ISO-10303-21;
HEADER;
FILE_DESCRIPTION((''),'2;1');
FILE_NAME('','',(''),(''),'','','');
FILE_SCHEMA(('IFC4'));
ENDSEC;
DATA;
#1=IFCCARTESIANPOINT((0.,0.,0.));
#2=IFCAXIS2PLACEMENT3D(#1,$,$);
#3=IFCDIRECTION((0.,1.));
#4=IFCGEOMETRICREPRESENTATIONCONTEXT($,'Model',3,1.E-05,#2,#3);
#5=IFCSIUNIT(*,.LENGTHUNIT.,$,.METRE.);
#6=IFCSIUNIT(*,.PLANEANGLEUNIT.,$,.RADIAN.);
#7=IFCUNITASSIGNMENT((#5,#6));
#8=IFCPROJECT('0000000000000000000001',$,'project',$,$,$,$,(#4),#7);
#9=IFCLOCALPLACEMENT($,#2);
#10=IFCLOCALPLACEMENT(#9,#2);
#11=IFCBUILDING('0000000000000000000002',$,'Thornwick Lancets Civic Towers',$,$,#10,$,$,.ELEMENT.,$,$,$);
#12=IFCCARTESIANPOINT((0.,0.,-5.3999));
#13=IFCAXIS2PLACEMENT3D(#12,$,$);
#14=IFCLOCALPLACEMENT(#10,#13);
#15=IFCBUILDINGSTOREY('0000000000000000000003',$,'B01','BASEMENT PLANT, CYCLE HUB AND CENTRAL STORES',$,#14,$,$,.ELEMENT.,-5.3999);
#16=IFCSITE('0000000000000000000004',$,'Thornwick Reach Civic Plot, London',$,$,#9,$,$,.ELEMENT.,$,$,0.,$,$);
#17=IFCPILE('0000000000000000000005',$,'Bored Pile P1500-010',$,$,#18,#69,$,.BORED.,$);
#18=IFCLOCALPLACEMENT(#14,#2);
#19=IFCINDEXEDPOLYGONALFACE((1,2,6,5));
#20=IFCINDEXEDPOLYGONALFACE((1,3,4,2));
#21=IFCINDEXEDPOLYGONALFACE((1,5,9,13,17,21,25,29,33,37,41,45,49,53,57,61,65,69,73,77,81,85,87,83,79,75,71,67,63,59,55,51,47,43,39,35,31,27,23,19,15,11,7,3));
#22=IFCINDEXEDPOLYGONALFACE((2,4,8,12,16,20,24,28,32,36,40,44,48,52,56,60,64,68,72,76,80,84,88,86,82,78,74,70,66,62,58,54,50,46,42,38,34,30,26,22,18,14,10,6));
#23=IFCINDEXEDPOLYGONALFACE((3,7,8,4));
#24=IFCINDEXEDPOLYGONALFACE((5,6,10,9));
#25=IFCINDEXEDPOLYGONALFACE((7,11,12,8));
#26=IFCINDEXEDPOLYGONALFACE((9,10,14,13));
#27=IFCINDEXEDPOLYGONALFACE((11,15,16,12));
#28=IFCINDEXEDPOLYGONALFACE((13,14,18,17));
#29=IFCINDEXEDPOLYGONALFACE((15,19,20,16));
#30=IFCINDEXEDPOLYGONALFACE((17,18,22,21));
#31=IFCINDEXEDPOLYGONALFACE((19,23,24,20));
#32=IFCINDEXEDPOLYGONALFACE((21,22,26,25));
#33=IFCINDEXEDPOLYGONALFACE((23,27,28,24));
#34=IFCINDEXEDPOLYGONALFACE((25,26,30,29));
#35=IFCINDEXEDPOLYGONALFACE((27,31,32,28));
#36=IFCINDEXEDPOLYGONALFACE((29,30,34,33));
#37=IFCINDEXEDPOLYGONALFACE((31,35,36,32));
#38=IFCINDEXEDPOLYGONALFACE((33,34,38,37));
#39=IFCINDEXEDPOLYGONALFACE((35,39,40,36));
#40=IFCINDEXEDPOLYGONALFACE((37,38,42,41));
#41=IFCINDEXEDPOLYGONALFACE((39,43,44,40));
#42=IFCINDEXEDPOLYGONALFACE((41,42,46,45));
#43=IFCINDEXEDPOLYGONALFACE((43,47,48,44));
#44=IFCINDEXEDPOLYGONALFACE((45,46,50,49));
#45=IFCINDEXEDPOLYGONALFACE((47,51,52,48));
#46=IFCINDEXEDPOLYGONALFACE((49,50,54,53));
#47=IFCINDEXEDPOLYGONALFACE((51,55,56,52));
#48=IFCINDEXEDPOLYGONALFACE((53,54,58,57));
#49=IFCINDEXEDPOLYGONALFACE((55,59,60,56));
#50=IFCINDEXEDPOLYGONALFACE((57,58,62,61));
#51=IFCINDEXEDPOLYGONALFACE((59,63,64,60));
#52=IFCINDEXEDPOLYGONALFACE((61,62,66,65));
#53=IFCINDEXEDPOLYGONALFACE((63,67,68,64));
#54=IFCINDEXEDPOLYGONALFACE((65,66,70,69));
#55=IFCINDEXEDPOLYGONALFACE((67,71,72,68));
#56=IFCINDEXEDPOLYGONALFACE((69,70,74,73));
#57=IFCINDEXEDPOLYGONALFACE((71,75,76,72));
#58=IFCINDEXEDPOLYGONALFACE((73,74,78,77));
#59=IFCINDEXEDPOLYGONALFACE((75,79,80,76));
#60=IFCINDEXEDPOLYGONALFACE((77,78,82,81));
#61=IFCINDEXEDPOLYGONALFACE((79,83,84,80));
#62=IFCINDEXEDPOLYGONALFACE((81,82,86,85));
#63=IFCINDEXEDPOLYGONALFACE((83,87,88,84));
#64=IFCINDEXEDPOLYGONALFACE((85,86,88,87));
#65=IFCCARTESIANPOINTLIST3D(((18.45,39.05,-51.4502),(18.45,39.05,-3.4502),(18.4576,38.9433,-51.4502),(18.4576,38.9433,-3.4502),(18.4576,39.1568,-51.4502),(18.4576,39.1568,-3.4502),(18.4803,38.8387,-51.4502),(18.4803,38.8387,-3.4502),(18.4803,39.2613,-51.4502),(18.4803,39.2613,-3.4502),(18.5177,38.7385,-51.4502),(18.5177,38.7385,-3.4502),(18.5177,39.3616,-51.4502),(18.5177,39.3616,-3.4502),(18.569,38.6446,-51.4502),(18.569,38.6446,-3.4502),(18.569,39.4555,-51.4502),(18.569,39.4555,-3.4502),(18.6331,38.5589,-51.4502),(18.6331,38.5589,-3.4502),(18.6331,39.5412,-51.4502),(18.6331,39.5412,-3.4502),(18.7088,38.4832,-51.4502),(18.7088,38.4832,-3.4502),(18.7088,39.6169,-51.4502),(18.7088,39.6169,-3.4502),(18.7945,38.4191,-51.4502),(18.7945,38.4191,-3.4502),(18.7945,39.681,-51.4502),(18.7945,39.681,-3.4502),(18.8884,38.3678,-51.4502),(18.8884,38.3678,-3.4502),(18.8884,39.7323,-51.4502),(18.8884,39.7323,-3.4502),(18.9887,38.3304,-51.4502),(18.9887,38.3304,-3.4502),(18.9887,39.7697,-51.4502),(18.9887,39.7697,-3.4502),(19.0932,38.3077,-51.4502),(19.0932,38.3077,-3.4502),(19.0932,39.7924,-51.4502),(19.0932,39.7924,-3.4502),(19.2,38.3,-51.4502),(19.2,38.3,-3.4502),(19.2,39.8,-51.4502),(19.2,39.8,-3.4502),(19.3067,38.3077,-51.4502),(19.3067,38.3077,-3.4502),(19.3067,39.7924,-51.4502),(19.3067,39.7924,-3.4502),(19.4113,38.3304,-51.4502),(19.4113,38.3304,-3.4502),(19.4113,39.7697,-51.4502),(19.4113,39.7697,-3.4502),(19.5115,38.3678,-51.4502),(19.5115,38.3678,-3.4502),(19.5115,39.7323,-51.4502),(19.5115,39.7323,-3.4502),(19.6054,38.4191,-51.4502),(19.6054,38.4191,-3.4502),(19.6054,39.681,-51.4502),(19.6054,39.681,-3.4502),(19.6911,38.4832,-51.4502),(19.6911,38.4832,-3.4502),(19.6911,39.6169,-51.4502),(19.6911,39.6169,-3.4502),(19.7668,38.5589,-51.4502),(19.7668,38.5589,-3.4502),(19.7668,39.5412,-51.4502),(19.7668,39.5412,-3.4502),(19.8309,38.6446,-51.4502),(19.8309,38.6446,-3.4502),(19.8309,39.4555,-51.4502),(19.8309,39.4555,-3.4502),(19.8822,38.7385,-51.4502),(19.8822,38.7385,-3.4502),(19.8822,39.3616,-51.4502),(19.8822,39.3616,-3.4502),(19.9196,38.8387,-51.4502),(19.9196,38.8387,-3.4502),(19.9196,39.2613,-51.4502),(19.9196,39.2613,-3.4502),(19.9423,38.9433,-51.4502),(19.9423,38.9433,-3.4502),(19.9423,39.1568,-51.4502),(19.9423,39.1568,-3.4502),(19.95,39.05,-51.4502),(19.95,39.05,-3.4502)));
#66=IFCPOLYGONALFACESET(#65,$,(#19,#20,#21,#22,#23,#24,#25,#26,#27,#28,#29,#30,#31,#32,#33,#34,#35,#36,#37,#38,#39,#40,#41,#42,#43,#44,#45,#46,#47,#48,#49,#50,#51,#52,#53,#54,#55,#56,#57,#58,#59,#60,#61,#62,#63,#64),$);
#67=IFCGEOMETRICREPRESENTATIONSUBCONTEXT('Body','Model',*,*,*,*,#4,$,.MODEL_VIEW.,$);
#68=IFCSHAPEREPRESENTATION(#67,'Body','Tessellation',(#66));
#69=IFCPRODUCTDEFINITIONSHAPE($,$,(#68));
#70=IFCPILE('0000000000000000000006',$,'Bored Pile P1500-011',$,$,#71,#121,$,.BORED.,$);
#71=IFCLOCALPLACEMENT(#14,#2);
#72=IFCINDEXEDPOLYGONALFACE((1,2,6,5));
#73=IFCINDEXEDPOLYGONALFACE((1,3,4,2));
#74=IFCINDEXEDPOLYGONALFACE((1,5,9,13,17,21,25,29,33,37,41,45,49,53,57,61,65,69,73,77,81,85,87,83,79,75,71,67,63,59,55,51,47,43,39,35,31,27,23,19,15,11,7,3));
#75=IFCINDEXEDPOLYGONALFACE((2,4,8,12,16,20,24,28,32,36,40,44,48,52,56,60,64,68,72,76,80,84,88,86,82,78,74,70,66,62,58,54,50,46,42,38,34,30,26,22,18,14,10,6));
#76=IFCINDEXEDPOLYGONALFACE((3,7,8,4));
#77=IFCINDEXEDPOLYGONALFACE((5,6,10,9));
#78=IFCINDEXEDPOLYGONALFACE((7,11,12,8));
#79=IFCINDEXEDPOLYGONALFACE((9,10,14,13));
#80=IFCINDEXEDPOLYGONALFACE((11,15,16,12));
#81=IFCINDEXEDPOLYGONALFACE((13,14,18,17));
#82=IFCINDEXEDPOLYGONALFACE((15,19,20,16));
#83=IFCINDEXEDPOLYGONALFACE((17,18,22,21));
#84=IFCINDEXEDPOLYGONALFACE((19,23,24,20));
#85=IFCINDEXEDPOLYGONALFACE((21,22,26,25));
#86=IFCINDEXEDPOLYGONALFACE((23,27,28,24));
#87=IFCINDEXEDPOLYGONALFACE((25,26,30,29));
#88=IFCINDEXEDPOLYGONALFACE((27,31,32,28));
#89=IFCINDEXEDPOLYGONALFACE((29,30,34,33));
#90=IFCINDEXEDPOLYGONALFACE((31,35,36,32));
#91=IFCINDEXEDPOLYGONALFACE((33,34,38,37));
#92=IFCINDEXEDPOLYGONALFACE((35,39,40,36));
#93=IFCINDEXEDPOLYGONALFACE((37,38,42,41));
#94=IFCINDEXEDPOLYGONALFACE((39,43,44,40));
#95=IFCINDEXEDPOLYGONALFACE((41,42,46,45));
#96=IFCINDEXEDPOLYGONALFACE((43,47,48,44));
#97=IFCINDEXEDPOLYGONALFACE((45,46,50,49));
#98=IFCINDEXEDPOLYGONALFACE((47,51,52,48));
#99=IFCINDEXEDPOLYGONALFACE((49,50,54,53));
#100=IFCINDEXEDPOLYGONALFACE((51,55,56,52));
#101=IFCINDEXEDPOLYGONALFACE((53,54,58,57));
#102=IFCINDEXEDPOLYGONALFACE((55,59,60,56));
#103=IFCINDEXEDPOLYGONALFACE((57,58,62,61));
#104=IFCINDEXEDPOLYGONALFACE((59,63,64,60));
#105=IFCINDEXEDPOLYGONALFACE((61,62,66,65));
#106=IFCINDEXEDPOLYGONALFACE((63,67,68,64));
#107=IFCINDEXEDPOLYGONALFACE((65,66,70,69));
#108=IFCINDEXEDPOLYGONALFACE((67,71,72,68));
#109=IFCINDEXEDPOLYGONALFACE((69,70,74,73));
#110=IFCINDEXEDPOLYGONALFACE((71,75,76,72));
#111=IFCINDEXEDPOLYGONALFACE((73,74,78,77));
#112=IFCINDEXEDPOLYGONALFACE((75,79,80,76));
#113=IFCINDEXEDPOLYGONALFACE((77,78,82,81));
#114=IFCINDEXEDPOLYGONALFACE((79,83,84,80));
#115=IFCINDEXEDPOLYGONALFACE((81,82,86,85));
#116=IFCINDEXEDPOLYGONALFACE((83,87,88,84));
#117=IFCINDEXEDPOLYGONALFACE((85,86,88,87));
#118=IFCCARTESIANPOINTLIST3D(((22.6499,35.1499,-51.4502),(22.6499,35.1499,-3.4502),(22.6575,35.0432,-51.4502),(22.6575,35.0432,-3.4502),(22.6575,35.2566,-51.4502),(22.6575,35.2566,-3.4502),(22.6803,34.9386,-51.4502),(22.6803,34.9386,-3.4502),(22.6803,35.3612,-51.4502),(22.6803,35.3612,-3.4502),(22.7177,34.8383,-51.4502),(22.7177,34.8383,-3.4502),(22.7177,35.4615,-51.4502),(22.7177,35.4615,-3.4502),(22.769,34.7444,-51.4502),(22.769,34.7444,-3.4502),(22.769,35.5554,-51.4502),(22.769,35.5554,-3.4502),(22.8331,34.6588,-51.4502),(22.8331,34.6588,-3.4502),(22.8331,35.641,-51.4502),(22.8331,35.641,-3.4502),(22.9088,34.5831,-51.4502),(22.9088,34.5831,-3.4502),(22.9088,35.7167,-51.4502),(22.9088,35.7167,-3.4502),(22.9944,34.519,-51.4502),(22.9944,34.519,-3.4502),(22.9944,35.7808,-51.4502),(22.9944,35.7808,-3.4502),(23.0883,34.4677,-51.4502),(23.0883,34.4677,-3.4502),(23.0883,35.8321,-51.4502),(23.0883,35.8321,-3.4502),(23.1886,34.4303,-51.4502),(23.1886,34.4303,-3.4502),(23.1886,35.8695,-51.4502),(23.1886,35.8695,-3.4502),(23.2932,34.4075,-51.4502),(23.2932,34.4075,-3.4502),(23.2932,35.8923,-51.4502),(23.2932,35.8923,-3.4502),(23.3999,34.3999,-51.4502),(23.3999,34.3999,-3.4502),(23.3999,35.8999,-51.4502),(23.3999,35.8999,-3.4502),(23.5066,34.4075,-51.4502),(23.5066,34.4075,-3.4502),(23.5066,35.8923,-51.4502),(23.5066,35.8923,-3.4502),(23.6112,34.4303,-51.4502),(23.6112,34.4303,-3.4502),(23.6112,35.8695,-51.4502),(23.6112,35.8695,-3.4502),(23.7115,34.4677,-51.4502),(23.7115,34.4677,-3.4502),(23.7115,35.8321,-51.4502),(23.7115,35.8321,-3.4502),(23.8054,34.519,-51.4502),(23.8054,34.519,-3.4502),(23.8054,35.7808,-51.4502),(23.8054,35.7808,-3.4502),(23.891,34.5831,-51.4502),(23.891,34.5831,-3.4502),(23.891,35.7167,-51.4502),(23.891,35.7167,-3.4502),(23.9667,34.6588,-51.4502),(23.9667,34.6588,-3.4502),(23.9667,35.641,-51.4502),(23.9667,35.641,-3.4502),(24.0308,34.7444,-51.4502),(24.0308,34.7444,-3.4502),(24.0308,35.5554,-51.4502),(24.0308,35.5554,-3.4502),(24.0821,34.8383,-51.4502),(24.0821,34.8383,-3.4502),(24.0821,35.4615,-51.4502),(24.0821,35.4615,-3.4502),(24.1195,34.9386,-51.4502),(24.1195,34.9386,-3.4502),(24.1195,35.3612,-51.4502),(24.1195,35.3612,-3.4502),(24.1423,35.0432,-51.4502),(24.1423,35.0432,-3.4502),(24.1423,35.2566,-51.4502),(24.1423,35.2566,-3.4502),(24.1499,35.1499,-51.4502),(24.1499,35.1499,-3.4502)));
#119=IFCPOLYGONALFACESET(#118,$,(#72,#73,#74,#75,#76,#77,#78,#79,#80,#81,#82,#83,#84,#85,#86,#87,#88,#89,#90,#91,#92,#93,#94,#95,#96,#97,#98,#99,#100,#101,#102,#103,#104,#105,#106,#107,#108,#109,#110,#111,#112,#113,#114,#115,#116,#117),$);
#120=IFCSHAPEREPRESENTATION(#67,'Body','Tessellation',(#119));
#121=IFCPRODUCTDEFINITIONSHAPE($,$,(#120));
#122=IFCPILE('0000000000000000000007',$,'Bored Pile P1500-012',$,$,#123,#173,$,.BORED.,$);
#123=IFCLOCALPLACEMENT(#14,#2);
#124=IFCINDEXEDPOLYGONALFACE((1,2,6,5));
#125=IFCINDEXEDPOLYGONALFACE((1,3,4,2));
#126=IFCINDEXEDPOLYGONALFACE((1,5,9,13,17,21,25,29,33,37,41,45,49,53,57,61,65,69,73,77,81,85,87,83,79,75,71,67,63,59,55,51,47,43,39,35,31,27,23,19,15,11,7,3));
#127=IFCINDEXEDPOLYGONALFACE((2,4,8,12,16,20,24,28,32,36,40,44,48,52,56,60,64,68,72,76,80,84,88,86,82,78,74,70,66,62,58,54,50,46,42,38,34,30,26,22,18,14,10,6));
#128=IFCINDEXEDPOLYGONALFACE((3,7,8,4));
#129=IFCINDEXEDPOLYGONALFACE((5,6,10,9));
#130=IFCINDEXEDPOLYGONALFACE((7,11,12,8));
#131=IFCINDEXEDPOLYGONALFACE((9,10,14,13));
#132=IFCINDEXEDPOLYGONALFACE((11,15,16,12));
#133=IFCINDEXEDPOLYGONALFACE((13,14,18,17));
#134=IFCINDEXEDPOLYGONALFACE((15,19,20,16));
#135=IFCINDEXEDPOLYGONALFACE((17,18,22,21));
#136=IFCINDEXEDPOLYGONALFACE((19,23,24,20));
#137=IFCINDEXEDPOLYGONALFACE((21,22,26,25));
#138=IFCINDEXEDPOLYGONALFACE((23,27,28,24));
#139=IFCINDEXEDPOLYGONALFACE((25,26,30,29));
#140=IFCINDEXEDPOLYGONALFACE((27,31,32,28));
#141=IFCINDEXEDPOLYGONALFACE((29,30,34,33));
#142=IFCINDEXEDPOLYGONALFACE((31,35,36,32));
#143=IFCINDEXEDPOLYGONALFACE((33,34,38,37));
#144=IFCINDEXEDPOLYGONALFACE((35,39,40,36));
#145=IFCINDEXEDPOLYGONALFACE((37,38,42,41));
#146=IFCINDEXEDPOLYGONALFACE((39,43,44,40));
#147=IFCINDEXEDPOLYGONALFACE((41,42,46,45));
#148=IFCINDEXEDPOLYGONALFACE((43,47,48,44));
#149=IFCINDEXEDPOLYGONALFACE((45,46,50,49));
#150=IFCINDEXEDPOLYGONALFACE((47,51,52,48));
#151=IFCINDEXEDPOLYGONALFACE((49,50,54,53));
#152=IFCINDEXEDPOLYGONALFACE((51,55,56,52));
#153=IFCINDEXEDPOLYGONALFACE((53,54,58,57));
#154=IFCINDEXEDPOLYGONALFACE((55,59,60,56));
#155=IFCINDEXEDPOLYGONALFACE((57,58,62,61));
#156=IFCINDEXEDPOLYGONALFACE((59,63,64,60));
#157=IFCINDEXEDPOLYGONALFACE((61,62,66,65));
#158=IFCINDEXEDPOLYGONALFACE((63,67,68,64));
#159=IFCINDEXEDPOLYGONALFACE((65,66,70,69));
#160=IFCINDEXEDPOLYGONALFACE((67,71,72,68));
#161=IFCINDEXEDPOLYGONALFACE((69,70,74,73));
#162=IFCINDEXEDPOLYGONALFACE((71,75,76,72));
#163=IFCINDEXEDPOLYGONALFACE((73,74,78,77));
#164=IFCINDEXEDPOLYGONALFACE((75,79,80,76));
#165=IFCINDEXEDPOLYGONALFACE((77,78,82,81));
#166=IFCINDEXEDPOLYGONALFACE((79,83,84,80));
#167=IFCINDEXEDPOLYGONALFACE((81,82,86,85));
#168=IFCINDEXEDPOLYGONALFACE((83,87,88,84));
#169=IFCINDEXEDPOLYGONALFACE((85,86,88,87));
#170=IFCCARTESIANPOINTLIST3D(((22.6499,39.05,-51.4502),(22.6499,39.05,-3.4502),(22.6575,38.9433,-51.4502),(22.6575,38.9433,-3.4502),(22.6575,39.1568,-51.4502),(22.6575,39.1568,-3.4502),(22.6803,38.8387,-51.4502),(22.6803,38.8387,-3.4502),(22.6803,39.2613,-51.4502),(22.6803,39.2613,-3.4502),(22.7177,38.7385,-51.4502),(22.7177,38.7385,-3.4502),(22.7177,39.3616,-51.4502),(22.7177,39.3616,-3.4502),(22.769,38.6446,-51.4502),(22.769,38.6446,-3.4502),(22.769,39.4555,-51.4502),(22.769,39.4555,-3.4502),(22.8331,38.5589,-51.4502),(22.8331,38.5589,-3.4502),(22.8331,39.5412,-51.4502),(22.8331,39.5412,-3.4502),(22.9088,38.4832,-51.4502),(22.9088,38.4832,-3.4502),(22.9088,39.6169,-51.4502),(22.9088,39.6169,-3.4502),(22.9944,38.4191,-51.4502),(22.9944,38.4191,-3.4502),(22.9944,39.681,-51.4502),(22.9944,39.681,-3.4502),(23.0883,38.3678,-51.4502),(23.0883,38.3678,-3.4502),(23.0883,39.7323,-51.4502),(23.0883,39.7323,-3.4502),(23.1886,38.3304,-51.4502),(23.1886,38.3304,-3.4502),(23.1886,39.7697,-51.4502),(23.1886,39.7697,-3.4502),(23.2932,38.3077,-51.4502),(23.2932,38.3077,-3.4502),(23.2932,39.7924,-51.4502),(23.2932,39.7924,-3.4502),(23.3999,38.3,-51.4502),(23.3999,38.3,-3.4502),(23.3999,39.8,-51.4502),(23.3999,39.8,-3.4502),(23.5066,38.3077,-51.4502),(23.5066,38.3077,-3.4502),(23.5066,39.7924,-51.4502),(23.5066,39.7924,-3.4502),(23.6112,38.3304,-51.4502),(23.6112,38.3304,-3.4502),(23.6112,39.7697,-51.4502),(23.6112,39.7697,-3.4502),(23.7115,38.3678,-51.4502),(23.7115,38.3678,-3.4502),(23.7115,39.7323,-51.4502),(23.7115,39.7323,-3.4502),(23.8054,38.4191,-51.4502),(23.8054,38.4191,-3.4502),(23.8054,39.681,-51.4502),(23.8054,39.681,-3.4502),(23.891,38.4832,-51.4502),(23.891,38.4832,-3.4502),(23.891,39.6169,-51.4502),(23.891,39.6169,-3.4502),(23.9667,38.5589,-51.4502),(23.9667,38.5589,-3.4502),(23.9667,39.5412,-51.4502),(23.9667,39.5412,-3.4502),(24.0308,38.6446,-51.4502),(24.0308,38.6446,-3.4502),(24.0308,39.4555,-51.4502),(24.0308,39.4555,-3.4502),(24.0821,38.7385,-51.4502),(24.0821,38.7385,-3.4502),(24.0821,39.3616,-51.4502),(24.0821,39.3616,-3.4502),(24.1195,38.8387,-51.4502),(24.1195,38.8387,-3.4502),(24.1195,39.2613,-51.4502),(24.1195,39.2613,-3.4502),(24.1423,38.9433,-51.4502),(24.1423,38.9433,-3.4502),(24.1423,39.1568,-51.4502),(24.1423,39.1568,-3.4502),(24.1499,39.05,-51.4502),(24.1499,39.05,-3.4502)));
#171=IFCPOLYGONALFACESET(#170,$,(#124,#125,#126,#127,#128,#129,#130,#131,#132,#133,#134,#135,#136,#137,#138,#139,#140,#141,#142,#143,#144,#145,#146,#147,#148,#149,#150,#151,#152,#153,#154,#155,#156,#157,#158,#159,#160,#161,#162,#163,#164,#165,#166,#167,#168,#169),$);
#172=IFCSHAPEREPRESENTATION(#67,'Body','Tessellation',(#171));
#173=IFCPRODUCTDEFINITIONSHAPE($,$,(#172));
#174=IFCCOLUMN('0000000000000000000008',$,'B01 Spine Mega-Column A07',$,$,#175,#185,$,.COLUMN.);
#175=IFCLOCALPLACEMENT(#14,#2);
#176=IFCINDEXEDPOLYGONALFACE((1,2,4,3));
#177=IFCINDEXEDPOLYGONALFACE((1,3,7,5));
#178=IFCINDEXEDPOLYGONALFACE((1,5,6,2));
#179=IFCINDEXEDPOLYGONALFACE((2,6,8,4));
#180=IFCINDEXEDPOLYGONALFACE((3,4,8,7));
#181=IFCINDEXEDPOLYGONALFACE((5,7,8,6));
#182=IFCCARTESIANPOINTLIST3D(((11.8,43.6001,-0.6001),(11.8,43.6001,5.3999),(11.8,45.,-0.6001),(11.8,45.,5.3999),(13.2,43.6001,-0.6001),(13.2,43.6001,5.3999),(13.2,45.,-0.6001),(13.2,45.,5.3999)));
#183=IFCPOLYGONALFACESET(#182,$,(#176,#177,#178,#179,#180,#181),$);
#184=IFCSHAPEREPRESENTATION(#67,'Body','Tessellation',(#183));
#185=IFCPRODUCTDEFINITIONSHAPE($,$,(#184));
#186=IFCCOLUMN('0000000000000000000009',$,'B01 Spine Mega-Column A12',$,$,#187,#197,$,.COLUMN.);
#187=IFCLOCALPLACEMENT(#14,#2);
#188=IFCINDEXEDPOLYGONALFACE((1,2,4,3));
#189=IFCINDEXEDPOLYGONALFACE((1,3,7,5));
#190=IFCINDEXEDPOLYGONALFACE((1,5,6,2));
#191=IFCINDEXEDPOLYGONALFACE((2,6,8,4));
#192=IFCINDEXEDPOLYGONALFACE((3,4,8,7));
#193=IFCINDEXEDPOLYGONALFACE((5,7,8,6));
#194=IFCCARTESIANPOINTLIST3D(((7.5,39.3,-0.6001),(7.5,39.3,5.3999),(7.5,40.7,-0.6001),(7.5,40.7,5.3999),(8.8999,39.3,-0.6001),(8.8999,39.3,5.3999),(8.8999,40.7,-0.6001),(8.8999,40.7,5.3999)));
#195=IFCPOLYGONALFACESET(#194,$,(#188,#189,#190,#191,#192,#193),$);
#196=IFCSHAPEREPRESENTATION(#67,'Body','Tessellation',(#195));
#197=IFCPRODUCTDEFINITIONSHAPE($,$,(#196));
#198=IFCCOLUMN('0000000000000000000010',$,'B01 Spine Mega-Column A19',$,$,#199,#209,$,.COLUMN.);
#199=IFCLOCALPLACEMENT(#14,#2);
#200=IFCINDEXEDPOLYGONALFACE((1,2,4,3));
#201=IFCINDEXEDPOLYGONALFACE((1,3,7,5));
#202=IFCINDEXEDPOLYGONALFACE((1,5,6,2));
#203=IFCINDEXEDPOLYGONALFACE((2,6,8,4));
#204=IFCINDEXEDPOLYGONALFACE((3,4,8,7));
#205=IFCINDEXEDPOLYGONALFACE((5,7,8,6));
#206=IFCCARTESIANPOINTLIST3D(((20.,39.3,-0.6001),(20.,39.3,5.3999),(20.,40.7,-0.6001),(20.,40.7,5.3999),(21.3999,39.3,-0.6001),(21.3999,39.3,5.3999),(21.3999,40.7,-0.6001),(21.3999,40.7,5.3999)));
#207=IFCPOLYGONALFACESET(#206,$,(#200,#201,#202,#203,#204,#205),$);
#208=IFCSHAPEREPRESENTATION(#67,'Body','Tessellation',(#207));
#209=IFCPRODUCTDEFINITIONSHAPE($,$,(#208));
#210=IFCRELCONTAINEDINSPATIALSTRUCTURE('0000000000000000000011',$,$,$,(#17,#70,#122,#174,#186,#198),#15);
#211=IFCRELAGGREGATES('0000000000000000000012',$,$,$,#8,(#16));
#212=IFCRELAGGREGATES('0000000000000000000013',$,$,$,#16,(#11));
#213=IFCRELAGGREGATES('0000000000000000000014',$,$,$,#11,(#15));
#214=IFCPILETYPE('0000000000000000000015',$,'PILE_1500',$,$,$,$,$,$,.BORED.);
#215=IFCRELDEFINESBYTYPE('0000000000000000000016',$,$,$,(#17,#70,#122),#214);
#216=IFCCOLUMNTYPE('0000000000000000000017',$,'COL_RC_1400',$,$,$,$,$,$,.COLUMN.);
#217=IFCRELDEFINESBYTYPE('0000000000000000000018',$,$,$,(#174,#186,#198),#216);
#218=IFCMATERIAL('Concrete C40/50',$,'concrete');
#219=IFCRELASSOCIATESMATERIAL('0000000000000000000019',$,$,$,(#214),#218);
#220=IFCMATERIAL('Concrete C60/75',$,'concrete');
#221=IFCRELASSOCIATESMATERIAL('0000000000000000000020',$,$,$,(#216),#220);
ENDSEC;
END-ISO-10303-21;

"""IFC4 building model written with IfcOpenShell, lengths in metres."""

from ifc_helpers import new_model, si_unit, direction, frame, origin, origin_2d, place, context, subcontext, project, spatial, rectangle, circle, extrude, material, material_profile, profile_set, type_object, element, save


model = new_model("IFC4")

# Units and contexts
model_context = context("Model", 3, precision=1e-05, world=origin(), true_north=direction((0.0, 1.0)))
body_context = subcontext(model_context, "Body", "Model", "MODEL_VIEW")
ifc_project = project(units=[si_unit("LENGTHUNIT", "METRE"), si_unit("PLANEANGLEUNIT", "RADIAN")], contexts=[model_context])

# Site, building, storey
site_placement = place(None, origin())
site = spatial("IfcSite", under=ifc_project, at=site_placement, Name="Thornwick Reach Civic Plot, London", CompositionType="ELEMENT", RefElevation=0.0)
building_placement = place(site_placement, origin())
building = spatial("IfcBuilding", under=site, at=building_placement, Name="Thornwick Lancets Civic Towers", CompositionType="ELEMENT")
storey_placement = place(building_placement, frame((0.0, 0.0, -5.3999)))
storey = spatial("IfcBuildingStorey", under=building, at=storey_placement, Name="B01", Description="BASEMENT PLANT, CYCLE HUB AND CENTRAL STORES", CompositionType="ELEMENT", Elevation=-5.3999)

# Shared definitions
ifc_material_1 = material(Name="Concrete C40/50", Category="concrete")

# Piles
ifc_material_profile_1 = material_profile(ifc_material_1, circle(Radius=0.75, at=origin_2d()), Name="PILE D1500")
ifc_profile_set_1 = profile_set([ifc_material_profile_1], Name="Concrete C40/50")
pile_type_1 = type_object("IfcPileType", Name="PILE_1500", PredefinedType="BORED", material=ifc_profile_set_1)
for number, where, z_axis, x_axis, name in (
    (1, (19.2, 39.05, -3.4502), (0.0, 0.0, -1.0), (1.0, 0.0, 0.0), "Bored Pile P1500-010"),
    (2, (23.3999, 35.1499, -3.4502), (0.0, 0.0, -1.0), (1.0, 0.0, 0.0), "Bored Pile P1500-011"),
    (3, (23.3999, 39.05, -3.4502), (0.0, 0.0, -1.0), (1.0, 0.0, 0.0), "Bored Pile P1500-012"),
):
    element("IfcPile", number, at=place(storey_placement, frame(where, z_axis=z_axis, x_axis=x_axis)), inside=storey, type_object=pile_type_1, Name=name, PredefinedType="BORED", context=body_context, shape_type="SweptSolid", body=[
        extrude(circle(Radius=0.75, at=origin_2d()), origin(), (0.0, 0.0, 1.0), 48.0),
    ])

# Columns
ifc_material_2 = material(Name="Concrete C60/75", Category="concrete")
ifc_material_profile_2 = material_profile(ifc_material_2, rectangle(XDim=1.3999, YDim=1.3999, at=origin_2d()), Name="RC 1400x1400")
ifc_profile_set_2 = profile_set([ifc_material_profile_2], Name="Concrete C60/75")
column_type_1 = type_object("IfcColumnType", Name="COL_RC_1400", PredefinedType="COLUMN", material=ifc_profile_set_2)
for number, where, z_axis, x_axis, name in (
    (4, (12.5, 44.3, -0.6001), (0.0, 0.0, 1.0), (1.0, 0.0, 0.0), "B01 Spine Mega-Column A07"),
    (5, (8.2, 40.0, -0.6001), (0.0, 0.0, 1.0), (1.0, 0.0, 0.0), "B01 Spine Mega-Column A12"),
    (6, (20.7, 40.0, -0.6001), (0.0, 0.0, 1.0), (1.0, 0.0, 0.0), "B01 Spine Mega-Column A19"),
):
    element("IfcColumn", number, at=place(storey_placement, frame(where, z_axis=z_axis, x_axis=x_axis)), inside=storey, type_object=column_type_1, Name=name, PredefinedType="COLUMN", context=body_context, shape_type="SweptSolid", body=[
        extrude(rectangle(XDim=1.3999, YDim=1.3999, at=origin_2d()), origin(), (0.0, 0.0, 1.0), 6.0),
    ])

save(model, "model.ifc")
